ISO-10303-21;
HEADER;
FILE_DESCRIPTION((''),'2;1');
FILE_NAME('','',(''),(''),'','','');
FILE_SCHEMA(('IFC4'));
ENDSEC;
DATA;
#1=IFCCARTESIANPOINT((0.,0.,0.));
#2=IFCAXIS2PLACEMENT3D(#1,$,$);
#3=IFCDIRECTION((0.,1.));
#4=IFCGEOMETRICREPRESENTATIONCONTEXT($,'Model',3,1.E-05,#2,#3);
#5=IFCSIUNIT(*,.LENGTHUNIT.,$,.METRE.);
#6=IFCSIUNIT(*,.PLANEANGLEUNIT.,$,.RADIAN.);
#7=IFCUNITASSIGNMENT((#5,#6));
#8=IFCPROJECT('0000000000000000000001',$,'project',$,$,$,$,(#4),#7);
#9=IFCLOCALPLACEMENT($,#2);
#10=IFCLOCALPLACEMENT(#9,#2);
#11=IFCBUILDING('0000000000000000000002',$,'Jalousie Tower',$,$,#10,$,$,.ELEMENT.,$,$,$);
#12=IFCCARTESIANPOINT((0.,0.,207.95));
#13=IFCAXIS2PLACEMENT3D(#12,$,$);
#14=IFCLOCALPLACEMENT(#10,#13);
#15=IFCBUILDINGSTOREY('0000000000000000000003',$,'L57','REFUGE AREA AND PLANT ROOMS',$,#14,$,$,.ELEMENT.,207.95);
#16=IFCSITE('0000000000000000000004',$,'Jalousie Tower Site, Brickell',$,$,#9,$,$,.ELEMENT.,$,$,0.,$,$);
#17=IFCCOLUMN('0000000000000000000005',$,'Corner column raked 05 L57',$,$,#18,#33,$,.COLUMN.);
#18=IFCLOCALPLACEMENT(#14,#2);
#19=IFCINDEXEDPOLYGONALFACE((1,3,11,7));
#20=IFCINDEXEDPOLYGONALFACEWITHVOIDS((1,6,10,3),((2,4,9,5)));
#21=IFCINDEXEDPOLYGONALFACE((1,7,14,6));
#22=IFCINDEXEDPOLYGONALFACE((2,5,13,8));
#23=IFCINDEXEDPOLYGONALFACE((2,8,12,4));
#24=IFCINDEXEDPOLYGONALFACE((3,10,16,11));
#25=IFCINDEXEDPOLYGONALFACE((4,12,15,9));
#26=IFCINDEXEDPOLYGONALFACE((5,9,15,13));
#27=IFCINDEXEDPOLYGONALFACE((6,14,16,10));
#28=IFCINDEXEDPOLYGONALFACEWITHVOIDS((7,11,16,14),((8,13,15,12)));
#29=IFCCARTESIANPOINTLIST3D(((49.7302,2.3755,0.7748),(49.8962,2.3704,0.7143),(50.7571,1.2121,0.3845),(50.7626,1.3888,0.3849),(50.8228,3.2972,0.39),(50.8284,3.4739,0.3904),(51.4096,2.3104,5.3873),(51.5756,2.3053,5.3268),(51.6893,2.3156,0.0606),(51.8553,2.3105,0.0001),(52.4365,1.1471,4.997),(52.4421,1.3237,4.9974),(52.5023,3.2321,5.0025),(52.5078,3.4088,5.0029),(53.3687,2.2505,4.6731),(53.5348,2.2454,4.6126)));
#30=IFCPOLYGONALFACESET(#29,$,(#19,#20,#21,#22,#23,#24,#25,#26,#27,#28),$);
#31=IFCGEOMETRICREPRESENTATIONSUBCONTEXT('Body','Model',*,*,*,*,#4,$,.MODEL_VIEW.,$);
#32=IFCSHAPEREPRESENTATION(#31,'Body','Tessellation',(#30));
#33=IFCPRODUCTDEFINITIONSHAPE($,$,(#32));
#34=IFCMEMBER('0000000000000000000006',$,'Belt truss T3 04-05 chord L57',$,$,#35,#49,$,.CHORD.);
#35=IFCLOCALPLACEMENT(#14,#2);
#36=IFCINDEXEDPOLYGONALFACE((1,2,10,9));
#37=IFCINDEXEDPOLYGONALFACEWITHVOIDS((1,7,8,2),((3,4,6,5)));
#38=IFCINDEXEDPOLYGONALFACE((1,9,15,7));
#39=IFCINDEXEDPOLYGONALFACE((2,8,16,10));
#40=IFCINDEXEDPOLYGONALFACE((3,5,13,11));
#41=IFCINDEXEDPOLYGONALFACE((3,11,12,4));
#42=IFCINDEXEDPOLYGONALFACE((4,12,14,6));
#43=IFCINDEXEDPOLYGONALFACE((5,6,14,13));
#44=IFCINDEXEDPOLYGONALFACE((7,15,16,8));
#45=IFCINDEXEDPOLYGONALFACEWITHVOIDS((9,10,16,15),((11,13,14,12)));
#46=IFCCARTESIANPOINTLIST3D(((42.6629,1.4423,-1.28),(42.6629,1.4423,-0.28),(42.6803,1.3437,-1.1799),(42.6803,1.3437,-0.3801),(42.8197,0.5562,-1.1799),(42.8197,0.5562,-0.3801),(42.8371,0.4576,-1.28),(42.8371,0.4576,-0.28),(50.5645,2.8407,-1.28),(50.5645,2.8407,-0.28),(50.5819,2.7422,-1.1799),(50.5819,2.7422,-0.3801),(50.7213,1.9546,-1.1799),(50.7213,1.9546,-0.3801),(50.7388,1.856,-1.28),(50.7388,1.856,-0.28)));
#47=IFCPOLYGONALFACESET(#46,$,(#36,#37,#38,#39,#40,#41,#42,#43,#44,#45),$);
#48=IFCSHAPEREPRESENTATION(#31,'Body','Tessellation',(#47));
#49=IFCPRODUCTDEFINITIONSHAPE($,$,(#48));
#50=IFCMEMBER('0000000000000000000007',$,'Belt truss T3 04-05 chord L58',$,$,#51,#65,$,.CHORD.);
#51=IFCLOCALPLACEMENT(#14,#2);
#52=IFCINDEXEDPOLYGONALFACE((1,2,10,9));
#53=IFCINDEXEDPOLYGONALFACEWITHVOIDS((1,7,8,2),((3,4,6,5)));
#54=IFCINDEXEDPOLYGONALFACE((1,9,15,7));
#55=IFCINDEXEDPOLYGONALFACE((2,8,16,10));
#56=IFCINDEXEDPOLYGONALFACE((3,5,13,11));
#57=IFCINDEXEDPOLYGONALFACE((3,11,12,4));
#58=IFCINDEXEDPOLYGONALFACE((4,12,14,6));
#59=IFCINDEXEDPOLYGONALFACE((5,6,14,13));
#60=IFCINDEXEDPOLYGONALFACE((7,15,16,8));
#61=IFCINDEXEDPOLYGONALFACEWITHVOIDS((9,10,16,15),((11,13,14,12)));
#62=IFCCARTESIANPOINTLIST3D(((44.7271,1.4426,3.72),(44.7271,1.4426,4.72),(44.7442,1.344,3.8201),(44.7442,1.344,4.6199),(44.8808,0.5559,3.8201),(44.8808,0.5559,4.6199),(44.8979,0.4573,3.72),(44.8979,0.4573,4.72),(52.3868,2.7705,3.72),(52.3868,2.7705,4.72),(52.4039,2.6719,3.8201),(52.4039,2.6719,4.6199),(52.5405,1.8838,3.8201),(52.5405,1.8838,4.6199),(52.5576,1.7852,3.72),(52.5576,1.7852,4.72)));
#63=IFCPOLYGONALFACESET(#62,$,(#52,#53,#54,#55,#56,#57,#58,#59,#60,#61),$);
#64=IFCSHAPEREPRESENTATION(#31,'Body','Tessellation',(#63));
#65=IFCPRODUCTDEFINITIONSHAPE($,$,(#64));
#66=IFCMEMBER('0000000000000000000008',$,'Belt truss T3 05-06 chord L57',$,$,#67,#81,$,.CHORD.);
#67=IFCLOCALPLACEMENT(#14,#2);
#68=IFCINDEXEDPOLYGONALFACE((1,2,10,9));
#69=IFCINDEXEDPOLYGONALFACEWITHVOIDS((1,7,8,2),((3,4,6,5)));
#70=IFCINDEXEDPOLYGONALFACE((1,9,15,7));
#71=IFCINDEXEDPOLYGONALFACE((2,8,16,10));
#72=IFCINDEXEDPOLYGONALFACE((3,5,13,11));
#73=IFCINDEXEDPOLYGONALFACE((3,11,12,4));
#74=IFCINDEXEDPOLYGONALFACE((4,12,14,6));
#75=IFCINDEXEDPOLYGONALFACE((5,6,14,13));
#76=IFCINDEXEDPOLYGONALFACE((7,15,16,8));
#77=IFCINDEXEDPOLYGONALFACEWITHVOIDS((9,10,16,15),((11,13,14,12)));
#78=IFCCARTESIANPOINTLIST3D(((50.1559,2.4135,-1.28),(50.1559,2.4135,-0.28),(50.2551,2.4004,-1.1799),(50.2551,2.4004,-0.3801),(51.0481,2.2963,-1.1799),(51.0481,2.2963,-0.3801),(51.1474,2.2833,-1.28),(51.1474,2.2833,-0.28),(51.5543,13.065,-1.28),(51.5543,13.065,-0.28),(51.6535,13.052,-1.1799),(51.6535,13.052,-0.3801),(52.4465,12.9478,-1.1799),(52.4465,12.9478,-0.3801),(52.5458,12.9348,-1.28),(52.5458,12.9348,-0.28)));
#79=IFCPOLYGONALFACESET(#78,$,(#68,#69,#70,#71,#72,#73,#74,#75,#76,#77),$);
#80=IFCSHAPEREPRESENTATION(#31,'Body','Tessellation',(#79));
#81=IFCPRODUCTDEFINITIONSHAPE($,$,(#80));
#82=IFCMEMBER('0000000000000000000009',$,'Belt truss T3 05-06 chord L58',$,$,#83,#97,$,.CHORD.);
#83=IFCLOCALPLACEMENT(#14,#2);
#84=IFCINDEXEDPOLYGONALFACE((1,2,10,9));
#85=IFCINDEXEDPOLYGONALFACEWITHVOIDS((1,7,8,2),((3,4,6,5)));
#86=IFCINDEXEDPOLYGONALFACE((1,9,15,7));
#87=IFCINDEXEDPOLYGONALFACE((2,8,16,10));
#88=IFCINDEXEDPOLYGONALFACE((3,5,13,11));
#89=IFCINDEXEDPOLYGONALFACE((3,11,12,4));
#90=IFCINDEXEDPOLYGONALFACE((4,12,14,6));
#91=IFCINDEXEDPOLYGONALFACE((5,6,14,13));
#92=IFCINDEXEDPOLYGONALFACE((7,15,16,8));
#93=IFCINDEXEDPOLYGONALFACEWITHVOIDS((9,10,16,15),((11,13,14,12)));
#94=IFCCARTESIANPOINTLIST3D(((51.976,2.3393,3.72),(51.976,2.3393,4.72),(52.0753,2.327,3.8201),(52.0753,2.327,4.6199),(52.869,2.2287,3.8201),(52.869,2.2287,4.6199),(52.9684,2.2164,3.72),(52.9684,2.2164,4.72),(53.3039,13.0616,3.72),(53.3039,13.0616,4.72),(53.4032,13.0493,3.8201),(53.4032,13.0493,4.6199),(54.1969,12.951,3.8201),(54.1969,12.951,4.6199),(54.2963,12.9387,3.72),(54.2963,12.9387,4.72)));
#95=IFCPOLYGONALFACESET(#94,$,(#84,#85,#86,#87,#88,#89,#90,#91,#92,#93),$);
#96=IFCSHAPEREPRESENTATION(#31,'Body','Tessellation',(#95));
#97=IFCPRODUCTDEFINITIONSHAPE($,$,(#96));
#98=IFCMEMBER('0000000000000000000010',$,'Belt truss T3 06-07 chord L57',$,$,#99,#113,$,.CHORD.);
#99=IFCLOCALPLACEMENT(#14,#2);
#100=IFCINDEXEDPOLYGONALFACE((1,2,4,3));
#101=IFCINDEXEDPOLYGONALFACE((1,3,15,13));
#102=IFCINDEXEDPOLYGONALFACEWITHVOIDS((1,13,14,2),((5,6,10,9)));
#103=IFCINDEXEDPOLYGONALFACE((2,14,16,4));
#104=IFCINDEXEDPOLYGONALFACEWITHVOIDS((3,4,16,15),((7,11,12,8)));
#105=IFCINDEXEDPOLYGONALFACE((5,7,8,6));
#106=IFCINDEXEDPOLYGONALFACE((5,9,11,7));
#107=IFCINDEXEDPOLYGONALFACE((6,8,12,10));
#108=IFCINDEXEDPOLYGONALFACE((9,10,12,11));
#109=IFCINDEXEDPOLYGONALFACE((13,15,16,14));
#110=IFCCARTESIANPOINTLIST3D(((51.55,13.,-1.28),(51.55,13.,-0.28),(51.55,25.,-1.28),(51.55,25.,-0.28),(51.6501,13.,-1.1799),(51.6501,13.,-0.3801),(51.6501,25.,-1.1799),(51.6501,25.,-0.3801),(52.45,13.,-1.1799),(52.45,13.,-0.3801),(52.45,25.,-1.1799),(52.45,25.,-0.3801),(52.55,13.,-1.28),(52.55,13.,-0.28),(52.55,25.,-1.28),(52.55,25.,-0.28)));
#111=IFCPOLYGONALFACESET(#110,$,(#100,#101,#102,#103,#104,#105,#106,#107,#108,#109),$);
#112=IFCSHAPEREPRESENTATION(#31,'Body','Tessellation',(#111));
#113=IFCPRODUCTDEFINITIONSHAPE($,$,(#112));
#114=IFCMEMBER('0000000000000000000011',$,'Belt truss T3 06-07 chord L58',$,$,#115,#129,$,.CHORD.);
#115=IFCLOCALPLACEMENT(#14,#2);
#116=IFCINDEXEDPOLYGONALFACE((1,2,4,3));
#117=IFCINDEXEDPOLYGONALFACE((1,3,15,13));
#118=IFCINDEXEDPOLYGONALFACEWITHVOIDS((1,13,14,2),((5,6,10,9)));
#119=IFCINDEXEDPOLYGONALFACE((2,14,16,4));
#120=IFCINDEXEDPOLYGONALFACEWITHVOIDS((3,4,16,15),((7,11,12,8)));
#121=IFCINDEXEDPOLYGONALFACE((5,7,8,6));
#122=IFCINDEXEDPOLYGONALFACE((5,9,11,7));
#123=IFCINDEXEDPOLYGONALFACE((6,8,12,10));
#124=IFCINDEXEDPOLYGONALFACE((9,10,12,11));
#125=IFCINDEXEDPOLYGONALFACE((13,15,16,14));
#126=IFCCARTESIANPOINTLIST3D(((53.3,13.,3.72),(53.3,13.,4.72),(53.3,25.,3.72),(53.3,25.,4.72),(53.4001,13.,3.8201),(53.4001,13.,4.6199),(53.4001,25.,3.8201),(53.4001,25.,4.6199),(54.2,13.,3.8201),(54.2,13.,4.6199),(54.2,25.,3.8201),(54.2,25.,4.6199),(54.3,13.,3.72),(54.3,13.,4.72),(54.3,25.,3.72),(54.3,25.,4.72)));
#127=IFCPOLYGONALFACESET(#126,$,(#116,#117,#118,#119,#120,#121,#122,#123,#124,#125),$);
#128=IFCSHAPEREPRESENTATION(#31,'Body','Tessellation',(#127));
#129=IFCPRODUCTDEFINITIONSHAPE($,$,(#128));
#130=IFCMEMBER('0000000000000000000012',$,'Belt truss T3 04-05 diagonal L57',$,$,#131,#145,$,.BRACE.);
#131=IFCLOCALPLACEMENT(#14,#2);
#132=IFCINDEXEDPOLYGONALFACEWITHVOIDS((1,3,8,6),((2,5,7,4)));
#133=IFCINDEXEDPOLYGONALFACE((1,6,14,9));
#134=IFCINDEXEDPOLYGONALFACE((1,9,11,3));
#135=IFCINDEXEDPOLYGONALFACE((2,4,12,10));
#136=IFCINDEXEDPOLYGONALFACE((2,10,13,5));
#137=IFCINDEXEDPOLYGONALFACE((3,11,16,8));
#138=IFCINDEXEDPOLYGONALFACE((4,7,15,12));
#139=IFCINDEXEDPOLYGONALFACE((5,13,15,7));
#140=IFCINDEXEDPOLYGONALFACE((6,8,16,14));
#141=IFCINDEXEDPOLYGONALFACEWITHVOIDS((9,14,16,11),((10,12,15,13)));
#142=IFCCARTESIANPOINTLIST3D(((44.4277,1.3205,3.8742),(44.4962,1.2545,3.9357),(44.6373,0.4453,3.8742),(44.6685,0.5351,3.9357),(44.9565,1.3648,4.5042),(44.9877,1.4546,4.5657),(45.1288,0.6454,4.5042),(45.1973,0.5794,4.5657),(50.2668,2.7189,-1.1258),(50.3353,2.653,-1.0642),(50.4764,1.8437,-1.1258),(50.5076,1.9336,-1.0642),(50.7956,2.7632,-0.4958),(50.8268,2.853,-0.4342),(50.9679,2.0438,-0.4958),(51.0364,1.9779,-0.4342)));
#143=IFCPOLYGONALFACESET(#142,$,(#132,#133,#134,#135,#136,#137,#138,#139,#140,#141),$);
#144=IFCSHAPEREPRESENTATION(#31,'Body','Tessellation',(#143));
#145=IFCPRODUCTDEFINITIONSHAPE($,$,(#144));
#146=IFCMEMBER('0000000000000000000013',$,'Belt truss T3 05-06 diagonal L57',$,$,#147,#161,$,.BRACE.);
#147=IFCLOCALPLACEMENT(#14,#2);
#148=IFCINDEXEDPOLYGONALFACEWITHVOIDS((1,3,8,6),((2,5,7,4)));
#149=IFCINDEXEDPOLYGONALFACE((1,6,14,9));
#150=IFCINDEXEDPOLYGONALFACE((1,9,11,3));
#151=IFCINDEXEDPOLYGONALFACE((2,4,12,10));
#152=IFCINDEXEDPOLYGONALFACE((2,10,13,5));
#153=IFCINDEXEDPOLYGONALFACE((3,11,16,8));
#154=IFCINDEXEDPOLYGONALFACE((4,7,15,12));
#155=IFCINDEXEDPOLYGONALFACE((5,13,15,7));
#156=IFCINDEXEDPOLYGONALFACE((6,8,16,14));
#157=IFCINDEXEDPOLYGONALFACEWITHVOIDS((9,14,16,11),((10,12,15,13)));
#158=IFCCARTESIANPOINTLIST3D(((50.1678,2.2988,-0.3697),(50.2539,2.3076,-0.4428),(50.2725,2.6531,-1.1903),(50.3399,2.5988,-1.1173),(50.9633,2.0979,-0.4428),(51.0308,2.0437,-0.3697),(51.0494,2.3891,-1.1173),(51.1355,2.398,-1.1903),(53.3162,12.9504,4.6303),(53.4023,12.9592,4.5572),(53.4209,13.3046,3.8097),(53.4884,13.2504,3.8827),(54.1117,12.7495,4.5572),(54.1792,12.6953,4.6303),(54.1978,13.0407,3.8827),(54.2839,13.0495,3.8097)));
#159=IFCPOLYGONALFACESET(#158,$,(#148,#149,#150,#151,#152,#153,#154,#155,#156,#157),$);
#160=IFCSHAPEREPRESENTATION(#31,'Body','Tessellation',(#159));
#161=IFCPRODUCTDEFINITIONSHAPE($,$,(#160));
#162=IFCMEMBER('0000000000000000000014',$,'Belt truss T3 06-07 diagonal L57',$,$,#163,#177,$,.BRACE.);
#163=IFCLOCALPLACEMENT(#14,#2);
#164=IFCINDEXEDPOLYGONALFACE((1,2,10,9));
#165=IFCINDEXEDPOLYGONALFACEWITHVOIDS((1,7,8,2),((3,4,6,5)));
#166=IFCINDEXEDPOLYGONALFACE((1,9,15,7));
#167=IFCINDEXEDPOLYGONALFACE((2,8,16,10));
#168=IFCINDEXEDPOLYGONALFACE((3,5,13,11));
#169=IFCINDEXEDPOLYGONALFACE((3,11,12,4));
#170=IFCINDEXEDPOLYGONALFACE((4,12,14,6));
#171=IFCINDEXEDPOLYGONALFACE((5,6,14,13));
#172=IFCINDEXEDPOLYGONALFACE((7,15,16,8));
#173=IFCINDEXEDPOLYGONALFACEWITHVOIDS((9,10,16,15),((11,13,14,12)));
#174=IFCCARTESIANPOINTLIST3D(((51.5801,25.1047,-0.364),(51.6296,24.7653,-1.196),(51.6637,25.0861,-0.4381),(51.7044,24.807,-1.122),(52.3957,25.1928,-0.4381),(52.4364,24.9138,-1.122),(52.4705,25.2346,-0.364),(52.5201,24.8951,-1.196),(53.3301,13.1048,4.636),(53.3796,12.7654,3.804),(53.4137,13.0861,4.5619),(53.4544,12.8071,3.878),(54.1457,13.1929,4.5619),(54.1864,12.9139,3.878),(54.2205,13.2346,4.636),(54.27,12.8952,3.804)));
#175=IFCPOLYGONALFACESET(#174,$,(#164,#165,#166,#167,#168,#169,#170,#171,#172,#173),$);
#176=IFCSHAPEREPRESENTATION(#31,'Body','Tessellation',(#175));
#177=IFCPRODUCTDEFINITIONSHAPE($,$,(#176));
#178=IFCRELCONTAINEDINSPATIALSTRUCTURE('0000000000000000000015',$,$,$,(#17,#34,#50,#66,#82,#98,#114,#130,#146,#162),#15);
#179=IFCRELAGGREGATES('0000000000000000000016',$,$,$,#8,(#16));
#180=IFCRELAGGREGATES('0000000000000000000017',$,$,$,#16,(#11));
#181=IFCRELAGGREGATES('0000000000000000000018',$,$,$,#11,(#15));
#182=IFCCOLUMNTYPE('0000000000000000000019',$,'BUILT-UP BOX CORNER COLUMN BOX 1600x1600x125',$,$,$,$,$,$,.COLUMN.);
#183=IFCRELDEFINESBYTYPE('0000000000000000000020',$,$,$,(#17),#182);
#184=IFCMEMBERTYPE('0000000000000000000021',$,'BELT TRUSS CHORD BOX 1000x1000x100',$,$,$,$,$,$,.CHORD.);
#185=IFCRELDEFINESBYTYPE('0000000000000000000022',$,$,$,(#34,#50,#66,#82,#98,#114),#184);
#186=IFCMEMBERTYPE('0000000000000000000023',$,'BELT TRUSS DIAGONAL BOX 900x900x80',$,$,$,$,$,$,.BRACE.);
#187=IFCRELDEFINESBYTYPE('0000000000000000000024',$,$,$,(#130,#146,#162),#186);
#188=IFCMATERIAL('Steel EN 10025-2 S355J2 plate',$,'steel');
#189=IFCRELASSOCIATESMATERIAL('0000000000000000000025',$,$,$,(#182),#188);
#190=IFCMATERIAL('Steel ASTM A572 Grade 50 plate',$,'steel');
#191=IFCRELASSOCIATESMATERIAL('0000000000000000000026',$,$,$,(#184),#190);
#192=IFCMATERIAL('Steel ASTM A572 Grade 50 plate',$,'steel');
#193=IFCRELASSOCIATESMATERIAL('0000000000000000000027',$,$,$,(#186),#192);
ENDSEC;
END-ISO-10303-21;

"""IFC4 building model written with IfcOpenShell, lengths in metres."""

from ifc_helpers import new_model, si_unit, direction, frame, origin, origin_2d, place, context, subcontext, project, spatial, hollow_rectangle, extrude, material, material_profile, profile_set, type_object, element, save


model = new_model("IFC4")

# Units and contexts
model_context = context("Model", 3, precision=1e-05, world=origin(), true_north=direction((0.0, 1.0)))
body_context = subcontext(model_context, "Body", "Model", "MODEL_VIEW")
ifc_project = project(units=[si_unit("LENGTHUNIT", "METRE"), si_unit("PLANEANGLEUNIT", "RADIAN")], contexts=[model_context])

# Site, building, storey
site_placement = place(None, origin())
site = spatial("IfcSite", under=ifc_project, at=site_placement, Name="Jalousie Tower Site, Brickell", CompositionType="ELEMENT", RefElevation=0.0)
building_placement = place(site_placement, origin())
building = spatial("IfcBuilding", under=site, at=building_placement, Name="Jalousie Tower", CompositionType="ELEMENT")
storey_placement = place(building_placement, frame((0.0, 0.0, 207.95)))
storey = spatial("IfcBuildingStorey", under=building, at=storey_placement, Name="L57", Description="REFUGE AREA AND PLANT ROOMS", CompositionType="ELEMENT", Elevation=207.95)

# Column
ifc_material_1 = material(Name="Steel EN 10025-2 S355J2 plate", Category="steel")
ifc_material_profile_1 = material_profile(ifc_material_1, hollow_rectangle(XDim=1.6001, YDim=1.6001, WallThickness=0.125, at=origin_2d()), Name="BOX 1600x1600x125")
ifc_profile_set_1 = profile_set([ifc_material_profile_1], Name="Steel EN 10025-2 S355J2 plate")
column_type = type_object("IfcColumnType", Name="BUILT-UP BOX CORNER COLUMN BOX 1600x1600x125", PredefinedType="COLUMN", material=ifc_profile_set_1)
column_placement = place(storey_placement, frame((50.7927, 2.343, 0.3875), z_axis=(0.342107, -0.013259, 0.939567), x_axis=(-0.641784, 0.727053, 0.243941)))
element("IfcColumn", 1, at=column_placement, inside=storey, type_object=column_type, Name="Corner column raked 05 L57", PredefinedType="COLUMN", context=body_context, shape_type="SweptSolid", body=[
    extrude(hollow_rectangle(XDim=1.6001, YDim=1.6001, WallThickness=0.125, at=origin_2d()), origin(), (0.0, 0.0, 1.0), 4.9092),
])

# Members
ifc_material_2 = material(Name="Steel ASTM A572 Grade 50 plate", Category="steel")
ifc_material_profile_2 = material_profile(ifc_material_2, hollow_rectangle(XDim=1.0, YDim=1.0, WallThickness=0.1001, at=origin_2d()), Name="BOX 1000x1000x100")
ifc_profile_set_2 = profile_set([ifc_material_profile_2], Name="Steel ASTM A572 Grade 50 plate")
member_type_1 = type_object("IfcMemberType", Name="BELT TRUSS CHORD BOX 1000x1000x100", PredefinedType="CHORD", material=ifc_profile_set_2)
member_1_placement = place(storey_placement, frame((42.75, 0.95, -0.78), z_axis=(0.984697, 0.174273, 0.0), x_axis=(-0.174273, 0.984697, 0.0)))
element("IfcMember", 2, at=member_1_placement, inside=storey, type_object=member_type_1, Name="Belt truss T3 04-05 chord L57", PredefinedType="CHORD", context=body_context, shape_type="SweptSolid", body=[
    extrude(hollow_rectangle(XDim=1.0, YDim=1.0, WallThickness=0.1001, at=origin_2d()), origin(), (0.0, 0.0, 1.0), 8.0244),
])
member_2_placement = place(storey_placement, frame((44.8125, 0.95, 4.22), z_axis=(0.985304, 0.170812, 0.0), x_axis=(-0.170812, 0.985304, 0.0)))
element("IfcMember", 3, at=member_2_placement, inside=storey, type_object=member_type_1, Name="Belt truss T3 04-05 chord L58", PredefinedType="CHORD", context=body_context, shape_type="SweptSolid", body=[
    extrude(hollow_rectangle(XDim=1.0, YDim=1.0, WallThickness=0.1001, at=origin_2d()), origin(), (0.0, 0.0, 1.0), 7.7739),
])
member_3_placement = place(storey_placement, frame((50.6516, 2.3484, -0.78), z_axis=(0.130172, 0.991491, 0.0), x_axis=(-0.991491, 0.130172, 0.0)))
element("IfcMember", 4, at=member_3_placement, inside=storey, type_object=member_type_1, Name="Belt truss T3 05-06 chord L57", PredefinedType="CHORD", context=body_context, shape_type="SweptSolid", body=[
    extrude(hollow_rectangle(XDim=1.0, YDim=1.0, WallThickness=0.1001, at=origin_2d()), origin(), (0.0, 0.0, 1.0), 10.7429),
])
member_4_placement = place(storey_placement, frame((52.4722, 2.2778, 4.22), z_axis=(0.122905, 0.992418, 0.0), x_axis=(-0.992418, 0.122905, 0.0)))
element("IfcMember", 5, at=member_4_placement, inside=storey, type_object=member_type_1, Name="Belt truss T3 05-06 chord L58", PredefinedType="CHORD", context=body_context, shape_type="SweptSolid", body=[
    extrude(hollow_rectangle(XDim=1.0, YDim=1.0, WallThickness=0.1001, at=origin_2d()), origin(), (0.0, 0.0, 1.0), 10.8042),
])
for number, where, z_axis, x_axis, name in (
    (6, (52.05, 13.0, -0.78), (0.0, 1.0, 0.0), (-1.0, 0.0, 0.0), "Belt truss T3 06-07 chord L57"),
    (7, (53.8, 13.0, 4.22), (0.0, 1.0, 0.0), (-1.0, 0.0, 0.0), "Belt truss T3 06-07 chord L58"),
):
    element("IfcMember", number, at=place(storey_placement, frame(where, z_axis=z_axis, x_axis=x_axis)), inside=storey, type_object=member_type_1, Name=name, PredefinedType="CHORD", context=body_context, shape_type="SweptSolid", body=[
        extrude(hollow_rectangle(XDim=1.0, YDim=1.0, WallThickness=0.1001, at=origin_2d()), origin(), (0.0, 0.0, 1.0), 12.0),
    ])
ifc_material_3 = material(Name="Steel ASTM A572 Grade 50 plate", Category="steel")
ifc_material_profile_3 = material_profile(ifc_material_3, hollow_rectangle(XDim=0.8999, YDim=0.8999, WallThickness=0.0801, at=origin_2d()), Name="BOX 900x900x80")
ifc_profile_set_3 = profile_set([ifc_material_profile_3], Name="Steel ASTM A572 Grade 50 plate")
member_type_2 = type_object("IfcMemberType", Name="BELT TRUSS DIAGONAL BOX 900x900x80", PredefinedType="BRACE", material=ifc_profile_set_3)
member_5_placement = place(storey_placement, frame((44.8125, 0.95, 4.22), z_axis=(0.74731, 0.178977, -0.639918), x_axis=(-0.232908, 0.972499, 0.0)))
element("IfcMember", 8, at=member_5_placement, inside=storey, type_object=member_type_2, Name="Belt truss T3 04-05 diagonal L57", PredefinedType="BRACE", context=body_context, shape_type="SweptSolid", body=[
    extrude(hollow_rectangle(XDim=0.8999, YDim=0.8999, WallThickness=0.0801, at=origin_2d()), origin(), (0.0, 0.0, 1.0), 7.8135),
])
member_6_placement = place(storey_placement, frame((50.6516, 2.3484, -0.78), z_axis=(0.258478, 0.874466, 0.410485), x_axis=(-0.958984, 0.28346, 0.0)))
element("IfcMember", 9, at=member_6_placement, inside=storey, type_object=member_type_2, Name="Belt truss T3 05-06 diagonal L57", PredefinedType="BRACE", context=body_context, shape_type="SweptSolid", body=[
    extrude(hollow_rectangle(XDim=0.8999, YDim=0.8999, WallThickness=0.0801, at=origin_2d()), origin(), (0.0, 0.0, 1.0), 12.1807),
])
member_7_placement = place(storey_placement, frame((53.8, 13.0, 4.22), z_axis=(-0.133412, 0.914825, -0.381177), x_axis=(-0.989533, -0.144307, 0.0)))
element("IfcMember", 10, at=member_7_placement, inside=storey, type_object=member_type_2, Name="Belt truss T3 06-07 diagonal L57", PredefinedType="BRACE", context=body_context, shape_type="SweptSolid", body=[
    extrude(hollow_rectangle(XDim=0.8999, YDim=0.8999, WallThickness=0.0801, at=origin_2d()), origin(), (0.0, 0.0, 1.0), 13.1172),
])

save(model, "model.ifc")
